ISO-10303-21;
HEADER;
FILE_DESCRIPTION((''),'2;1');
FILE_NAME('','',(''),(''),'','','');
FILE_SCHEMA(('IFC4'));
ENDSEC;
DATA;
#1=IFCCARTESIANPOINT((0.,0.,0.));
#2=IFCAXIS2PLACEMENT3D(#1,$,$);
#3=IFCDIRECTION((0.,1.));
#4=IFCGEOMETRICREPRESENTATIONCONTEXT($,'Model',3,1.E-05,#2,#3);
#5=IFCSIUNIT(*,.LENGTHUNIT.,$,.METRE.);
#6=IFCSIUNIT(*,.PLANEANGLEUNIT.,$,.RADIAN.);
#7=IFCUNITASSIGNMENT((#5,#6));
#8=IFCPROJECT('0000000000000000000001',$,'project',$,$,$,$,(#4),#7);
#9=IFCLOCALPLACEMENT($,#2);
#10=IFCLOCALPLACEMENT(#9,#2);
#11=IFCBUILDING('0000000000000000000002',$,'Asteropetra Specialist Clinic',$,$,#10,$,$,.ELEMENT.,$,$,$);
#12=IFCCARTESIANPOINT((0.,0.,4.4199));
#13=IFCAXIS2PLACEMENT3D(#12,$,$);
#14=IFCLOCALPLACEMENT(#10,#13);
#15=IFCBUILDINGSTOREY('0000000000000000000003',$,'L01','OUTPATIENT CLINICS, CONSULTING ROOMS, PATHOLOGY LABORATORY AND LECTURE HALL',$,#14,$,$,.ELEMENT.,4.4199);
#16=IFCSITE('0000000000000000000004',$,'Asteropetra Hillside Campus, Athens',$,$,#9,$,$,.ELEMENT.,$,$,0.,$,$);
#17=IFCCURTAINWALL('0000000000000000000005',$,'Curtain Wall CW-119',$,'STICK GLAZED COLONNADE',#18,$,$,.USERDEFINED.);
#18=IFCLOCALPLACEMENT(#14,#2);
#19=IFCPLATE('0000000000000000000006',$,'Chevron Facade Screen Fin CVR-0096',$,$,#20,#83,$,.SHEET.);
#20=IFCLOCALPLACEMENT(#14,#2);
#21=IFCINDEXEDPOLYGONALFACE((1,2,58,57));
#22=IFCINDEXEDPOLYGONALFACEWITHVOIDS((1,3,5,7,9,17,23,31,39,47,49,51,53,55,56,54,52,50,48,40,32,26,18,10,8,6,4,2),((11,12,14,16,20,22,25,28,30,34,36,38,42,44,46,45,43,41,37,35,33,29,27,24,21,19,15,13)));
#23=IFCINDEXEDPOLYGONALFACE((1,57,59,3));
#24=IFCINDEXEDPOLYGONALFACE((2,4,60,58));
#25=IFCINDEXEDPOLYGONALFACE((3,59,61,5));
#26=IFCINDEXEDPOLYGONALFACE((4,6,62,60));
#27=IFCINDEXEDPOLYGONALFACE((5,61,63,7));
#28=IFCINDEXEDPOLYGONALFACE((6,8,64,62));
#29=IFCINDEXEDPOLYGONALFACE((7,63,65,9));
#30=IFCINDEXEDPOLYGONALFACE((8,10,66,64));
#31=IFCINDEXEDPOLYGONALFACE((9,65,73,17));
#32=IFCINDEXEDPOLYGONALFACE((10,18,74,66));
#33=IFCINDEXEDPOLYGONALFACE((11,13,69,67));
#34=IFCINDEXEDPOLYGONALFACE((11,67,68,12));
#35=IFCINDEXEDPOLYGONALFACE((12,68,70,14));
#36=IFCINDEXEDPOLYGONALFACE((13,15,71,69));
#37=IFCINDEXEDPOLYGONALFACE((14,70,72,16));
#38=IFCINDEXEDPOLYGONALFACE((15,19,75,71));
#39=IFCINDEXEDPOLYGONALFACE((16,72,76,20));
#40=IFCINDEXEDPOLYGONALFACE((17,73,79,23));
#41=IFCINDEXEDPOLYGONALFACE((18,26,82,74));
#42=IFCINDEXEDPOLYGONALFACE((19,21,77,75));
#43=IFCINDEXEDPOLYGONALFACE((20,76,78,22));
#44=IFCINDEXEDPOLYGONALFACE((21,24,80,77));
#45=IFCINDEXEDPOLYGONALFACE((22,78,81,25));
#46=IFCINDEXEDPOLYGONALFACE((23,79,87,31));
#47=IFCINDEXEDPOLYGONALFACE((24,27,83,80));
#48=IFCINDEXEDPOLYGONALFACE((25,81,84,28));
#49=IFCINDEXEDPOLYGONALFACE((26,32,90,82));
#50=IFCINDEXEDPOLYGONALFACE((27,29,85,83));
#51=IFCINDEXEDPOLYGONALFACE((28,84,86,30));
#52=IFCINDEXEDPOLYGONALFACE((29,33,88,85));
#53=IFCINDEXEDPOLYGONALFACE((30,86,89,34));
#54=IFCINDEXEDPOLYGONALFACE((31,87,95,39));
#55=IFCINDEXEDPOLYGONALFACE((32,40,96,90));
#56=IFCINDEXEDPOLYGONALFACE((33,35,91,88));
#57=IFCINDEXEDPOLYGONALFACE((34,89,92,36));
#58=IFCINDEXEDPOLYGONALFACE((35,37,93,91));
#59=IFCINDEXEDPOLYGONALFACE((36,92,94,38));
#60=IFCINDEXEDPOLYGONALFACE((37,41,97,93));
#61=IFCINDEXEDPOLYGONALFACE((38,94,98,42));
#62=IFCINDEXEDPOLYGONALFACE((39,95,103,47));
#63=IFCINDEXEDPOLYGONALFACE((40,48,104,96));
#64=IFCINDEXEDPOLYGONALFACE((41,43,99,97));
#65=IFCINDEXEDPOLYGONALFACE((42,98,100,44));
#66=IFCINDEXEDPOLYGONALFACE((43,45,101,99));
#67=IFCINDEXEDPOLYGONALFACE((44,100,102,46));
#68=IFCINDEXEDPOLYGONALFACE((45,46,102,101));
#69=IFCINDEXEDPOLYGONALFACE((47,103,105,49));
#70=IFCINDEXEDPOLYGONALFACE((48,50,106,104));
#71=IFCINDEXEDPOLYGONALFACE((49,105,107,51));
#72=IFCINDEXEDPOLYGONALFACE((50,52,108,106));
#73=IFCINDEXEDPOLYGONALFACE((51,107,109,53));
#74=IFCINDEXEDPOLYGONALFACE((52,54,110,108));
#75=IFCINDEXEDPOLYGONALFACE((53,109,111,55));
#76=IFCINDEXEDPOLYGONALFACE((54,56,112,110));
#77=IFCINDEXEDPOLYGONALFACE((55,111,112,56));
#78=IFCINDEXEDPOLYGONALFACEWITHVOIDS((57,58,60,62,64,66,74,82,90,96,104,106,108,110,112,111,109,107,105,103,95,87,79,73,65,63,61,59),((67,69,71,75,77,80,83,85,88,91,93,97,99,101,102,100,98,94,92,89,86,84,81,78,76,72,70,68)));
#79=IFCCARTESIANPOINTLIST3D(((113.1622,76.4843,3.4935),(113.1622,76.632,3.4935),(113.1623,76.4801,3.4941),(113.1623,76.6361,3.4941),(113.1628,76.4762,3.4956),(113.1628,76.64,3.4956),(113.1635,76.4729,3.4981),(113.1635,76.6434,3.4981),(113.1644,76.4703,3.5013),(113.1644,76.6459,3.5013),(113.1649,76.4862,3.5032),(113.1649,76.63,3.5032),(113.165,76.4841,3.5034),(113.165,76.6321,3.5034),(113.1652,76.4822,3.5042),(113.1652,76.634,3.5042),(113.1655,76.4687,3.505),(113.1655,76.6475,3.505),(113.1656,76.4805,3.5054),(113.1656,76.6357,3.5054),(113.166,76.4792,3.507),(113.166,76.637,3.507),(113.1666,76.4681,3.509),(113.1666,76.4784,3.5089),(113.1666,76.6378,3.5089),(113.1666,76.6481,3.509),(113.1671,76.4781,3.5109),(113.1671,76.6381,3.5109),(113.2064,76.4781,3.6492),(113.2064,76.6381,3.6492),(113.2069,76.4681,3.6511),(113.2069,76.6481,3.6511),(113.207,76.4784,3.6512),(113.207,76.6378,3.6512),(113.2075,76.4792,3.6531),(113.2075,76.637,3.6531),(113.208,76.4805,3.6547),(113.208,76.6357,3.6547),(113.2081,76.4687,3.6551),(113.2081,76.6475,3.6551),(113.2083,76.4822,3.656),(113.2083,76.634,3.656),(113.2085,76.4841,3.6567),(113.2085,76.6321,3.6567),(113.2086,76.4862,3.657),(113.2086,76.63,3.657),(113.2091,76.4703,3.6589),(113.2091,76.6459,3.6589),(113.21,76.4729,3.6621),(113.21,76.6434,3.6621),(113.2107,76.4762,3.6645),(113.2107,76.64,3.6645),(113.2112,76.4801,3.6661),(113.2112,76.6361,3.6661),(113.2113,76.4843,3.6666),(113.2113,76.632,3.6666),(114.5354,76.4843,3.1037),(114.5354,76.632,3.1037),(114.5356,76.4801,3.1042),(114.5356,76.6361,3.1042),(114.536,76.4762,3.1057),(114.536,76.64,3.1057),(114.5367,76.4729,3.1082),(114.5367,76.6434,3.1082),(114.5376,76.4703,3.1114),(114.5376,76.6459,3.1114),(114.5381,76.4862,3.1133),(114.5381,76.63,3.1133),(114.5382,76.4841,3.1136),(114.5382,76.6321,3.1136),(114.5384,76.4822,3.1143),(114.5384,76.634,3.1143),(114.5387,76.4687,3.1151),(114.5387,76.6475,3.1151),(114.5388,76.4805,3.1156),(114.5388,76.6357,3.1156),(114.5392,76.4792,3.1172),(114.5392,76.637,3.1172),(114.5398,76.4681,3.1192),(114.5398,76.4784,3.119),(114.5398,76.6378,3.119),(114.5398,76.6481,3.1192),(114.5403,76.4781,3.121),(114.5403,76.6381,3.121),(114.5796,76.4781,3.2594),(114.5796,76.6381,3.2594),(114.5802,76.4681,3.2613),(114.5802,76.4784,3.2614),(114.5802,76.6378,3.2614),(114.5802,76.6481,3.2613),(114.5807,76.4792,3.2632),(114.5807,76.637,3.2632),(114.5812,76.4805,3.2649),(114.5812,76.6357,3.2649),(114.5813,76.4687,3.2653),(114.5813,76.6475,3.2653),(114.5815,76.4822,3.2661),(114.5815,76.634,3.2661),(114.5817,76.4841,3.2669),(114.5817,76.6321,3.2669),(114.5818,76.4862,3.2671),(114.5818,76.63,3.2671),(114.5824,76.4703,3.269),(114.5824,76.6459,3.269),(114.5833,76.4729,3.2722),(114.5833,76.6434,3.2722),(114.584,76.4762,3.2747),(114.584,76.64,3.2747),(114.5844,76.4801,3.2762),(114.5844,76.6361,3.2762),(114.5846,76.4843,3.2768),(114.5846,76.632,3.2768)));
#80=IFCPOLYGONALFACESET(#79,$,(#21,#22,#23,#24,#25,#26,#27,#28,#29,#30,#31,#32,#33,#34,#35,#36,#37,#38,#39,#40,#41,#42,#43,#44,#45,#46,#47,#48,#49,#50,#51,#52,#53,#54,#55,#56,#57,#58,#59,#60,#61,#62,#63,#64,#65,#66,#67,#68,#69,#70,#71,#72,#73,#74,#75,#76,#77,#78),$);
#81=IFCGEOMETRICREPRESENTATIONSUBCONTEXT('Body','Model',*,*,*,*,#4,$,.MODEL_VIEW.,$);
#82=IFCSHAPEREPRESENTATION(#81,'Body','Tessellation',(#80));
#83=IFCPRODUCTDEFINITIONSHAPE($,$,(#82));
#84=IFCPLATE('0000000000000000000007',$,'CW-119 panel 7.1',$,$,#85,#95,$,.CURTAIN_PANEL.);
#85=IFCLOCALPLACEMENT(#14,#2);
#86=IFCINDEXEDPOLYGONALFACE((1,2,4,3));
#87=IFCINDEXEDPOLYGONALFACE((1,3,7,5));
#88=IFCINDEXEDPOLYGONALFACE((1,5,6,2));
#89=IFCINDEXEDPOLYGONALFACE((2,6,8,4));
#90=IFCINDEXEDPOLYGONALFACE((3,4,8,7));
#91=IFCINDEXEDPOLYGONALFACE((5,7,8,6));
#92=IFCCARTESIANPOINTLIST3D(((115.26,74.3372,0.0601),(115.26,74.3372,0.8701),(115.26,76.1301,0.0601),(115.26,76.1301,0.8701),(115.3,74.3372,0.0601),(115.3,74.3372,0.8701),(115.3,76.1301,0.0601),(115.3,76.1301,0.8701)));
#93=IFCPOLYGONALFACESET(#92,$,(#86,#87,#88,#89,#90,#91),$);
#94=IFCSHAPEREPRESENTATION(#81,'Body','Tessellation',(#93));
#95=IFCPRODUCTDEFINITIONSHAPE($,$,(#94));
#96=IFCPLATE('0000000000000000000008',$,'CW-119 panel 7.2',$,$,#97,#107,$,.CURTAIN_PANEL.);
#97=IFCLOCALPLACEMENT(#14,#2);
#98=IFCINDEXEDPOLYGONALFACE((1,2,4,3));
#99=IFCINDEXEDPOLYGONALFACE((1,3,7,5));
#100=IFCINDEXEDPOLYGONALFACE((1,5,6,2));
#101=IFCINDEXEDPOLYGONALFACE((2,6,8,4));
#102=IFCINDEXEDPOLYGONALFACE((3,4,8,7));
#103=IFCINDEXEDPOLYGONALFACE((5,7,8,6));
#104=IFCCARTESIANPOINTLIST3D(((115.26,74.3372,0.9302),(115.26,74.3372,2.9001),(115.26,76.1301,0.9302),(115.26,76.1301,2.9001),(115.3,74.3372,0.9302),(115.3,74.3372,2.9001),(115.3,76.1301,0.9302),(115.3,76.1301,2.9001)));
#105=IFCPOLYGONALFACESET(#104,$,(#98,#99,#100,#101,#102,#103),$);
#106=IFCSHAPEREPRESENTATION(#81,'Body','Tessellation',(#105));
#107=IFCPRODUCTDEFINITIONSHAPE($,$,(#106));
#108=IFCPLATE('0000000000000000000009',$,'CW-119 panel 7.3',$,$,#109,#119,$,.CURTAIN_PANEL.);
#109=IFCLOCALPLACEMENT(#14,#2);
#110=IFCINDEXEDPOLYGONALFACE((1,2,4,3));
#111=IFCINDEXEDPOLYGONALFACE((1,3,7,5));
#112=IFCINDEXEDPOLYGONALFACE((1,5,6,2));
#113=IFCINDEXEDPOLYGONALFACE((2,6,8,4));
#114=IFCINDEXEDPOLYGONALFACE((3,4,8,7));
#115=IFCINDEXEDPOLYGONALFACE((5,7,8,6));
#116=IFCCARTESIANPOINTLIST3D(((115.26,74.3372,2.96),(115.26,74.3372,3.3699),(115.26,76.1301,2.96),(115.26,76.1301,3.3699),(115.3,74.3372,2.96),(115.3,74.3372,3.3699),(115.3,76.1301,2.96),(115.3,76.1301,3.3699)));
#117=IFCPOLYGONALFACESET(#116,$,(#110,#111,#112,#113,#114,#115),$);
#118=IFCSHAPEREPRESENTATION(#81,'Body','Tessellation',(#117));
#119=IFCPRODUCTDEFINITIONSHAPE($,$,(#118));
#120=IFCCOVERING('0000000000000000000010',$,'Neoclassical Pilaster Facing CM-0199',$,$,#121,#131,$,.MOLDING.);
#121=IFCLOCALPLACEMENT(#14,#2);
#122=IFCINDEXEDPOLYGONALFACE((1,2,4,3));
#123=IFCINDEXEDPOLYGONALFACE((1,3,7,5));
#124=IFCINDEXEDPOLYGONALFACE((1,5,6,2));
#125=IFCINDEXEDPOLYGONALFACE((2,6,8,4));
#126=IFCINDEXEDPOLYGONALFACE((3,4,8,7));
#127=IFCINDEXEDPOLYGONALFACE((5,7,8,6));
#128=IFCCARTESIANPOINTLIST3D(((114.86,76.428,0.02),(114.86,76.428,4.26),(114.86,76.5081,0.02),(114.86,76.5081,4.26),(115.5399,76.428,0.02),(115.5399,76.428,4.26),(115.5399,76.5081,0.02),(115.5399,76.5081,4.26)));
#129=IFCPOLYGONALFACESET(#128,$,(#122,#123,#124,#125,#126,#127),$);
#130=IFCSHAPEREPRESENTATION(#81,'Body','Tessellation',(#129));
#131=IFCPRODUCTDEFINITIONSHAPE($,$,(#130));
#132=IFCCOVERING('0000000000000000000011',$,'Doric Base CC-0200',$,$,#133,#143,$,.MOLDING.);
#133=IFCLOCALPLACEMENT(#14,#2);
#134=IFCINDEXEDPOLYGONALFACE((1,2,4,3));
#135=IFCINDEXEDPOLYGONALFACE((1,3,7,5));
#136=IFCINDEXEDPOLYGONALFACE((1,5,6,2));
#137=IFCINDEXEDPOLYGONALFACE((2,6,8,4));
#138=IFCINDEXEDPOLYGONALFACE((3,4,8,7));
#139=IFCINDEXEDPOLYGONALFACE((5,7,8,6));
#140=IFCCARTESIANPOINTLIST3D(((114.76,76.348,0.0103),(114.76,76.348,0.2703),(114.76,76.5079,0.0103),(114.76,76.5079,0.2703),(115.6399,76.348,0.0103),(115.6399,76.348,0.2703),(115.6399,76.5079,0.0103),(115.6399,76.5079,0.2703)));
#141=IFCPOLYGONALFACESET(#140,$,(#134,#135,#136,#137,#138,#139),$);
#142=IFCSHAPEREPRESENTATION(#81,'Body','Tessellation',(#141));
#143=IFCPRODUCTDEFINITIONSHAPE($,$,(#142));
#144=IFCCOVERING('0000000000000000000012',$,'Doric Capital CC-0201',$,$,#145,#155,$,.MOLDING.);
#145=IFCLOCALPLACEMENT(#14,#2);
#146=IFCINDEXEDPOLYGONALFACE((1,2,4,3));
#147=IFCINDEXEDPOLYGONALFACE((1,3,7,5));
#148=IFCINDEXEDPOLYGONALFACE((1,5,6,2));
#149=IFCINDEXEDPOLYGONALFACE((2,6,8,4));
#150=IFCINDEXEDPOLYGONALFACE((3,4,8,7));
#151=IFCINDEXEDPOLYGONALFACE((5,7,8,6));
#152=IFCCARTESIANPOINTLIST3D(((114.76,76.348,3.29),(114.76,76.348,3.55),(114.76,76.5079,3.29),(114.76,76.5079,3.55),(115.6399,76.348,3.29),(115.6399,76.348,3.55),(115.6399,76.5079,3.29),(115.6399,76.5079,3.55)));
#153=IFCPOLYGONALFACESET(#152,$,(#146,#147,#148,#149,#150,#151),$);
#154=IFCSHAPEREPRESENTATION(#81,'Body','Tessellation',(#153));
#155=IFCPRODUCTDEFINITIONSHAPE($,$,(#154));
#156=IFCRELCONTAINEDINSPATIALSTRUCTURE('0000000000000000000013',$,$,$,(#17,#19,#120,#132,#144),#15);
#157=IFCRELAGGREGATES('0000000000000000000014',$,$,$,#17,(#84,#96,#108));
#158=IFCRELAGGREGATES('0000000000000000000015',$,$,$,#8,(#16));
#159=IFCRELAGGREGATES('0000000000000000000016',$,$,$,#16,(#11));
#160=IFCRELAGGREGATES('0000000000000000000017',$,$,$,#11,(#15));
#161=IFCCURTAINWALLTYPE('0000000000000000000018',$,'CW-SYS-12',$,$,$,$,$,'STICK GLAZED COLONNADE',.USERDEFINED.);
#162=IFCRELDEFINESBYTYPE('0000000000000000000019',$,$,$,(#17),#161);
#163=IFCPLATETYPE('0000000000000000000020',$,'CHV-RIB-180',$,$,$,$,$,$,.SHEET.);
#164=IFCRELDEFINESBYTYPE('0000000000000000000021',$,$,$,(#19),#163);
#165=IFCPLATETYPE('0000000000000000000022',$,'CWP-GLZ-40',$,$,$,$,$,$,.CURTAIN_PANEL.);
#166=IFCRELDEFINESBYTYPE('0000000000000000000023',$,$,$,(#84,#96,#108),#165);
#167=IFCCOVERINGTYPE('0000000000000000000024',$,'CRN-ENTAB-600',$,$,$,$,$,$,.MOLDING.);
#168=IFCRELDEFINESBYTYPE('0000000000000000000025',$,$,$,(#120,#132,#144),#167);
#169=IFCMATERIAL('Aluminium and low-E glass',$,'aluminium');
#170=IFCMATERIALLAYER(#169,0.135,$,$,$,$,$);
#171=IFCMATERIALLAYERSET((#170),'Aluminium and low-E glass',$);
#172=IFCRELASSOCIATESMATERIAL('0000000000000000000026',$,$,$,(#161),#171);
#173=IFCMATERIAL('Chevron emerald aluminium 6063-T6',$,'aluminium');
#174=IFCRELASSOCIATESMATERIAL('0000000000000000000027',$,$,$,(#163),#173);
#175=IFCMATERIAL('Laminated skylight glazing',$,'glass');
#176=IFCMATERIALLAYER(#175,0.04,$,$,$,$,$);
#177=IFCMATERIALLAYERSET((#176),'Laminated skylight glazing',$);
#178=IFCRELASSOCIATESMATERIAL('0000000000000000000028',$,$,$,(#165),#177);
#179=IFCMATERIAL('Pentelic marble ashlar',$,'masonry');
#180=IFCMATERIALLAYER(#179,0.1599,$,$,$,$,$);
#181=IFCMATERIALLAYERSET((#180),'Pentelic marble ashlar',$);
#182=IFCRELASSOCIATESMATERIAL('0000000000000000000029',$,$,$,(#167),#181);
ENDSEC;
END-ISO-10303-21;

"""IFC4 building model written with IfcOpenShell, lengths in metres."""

from ifc_helpers import new_model, si_unit, direction, frame, origin, origin_2d, place, context, subcontext, project, spatial, rectangle, hollow_rectangle, extrude, material, layer, layer_set, material_profile, profile_set, type_object, element, aggregate, save


model = new_model("IFC4")

# Units and contexts
model_context = context("Model", 3, precision=1e-05, world=origin(), true_north=direction((0.0, 1.0)))
body_context = subcontext(model_context, "Body", "Model", "MODEL_VIEW")
ifc_project = project(units=[si_unit("LENGTHUNIT", "METRE"), si_unit("PLANEANGLEUNIT", "RADIAN")], contexts=[model_context])

# Site, building, storey
site_placement = place(None, origin())
site = spatial("IfcSite", under=ifc_project, at=site_placement, Name="Asteropetra Hillside Campus, Athens", CompositionType="ELEMENT", RefElevation=0.0)
building_placement = place(site_placement, origin())
building = spatial("IfcBuilding", under=site, at=building_placement, Name="Asteropetra Specialist Clinic", CompositionType="ELEMENT")
storey_placement = place(building_placement, frame((0.0, 0.0, 4.4199)))
storey = spatial("IfcBuildingStorey", under=building, at=storey_placement, Name="L01", Description="OUTPATIENT CLINICS, CONSULTING ROOMS, PATHOLOGY LABORATORY AND LECTURE HALL", CompositionType="ELEMENT", Elevation=4.4199)

# Curtain wall
ifc_material_1 = material(Name="Aluminium and low-E glass", Category="aluminium")
ifc_layer_1 = layer(ifc_material_1, 0.135)
ifc_layer_set_1 = layer_set([ifc_layer_1], Name="Aluminium and low-E glass")
curtain_wall_type = type_object("IfcCurtainWallType", Name="CW-SYS-12", ElementType="STICK GLAZED COLONNADE", PredefinedType="USERDEFINED", material=ifc_layer_set_1)
curtain_wall_placement = place(storey_placement, origin())
curtain_wall = element("IfcCurtainWall", 1, at=curtain_wall_placement, inside=storey, type_object=curtain_wall_type, Name="Curtain Wall CW-119", ObjectType="STICK GLAZED COLONNADE", PredefinedType="USERDEFINED")

# Plate
ifc_material_2 = material(Name="Chevron emerald aluminium 6063-T6", Category="aluminium")
ifc_material_profile_1 = material_profile(ifc_material_2, hollow_rectangle(XDim=0.1799, YDim=0.1799, WallThickness=0.01, InnerFilletRadius=0.0081, OuterFilletRadius=0.0161, at=origin_2d()), Name="SHS 180x180x10.0")
ifc_profile_set_1 = profile_set([ifc_material_profile_1], Name="Chevron emerald aluminium 6063-T6")
plate_type_1 = type_object("IfcPlateType", Name="CHV-RIB-180", PredefinedType="SHEET", material=ifc_profile_set_1)
plate_1_placement = place(storey_placement, frame((113.1868, 76.5581, 3.5801), z_axis=(0.961981, 0.0, -0.273117), x_axis=(0.0, 1.0, 0.0)))
element("IfcPlate", 2, at=plate_1_placement, inside=storey, type_object=plate_type_1, Name="Chevron Facade Screen Fin CVR-0096", PredefinedType="SHEET", context=body_context, shape_type="SweptSolid", body=[
    extrude(hollow_rectangle(XDim=0.1799, YDim=0.1799, WallThickness=0.01, InnerFilletRadius=0.0081, OuterFilletRadius=0.0161, at=origin_2d()), origin(), (0.0, 0.0, 1.0), 1.4275),
])

# Plates
ifc_material_3 = material(Name="Laminated skylight glazing", Category="glass")
ifc_layer_2 = layer(ifc_material_3, 0.04)
ifc_layer_set_2 = layer_set([ifc_layer_2], Name="Laminated skylight glazing")
plate_type_2 = type_object("IfcPlateType", Name="CWP-GLZ-40", PredefinedType="CURTAIN_PANEL", material=ifc_layer_set_2)
plate_2_placement = place(storey_placement, frame((115.28, 75.2336, 0.0601), z_axis=(0.0, 0.0, 1.0), x_axis=(0.0, 1.0, 0.0)))
plate_2 = element("IfcPlate", 3, at=plate_2_placement, type_object=plate_type_2, Name="CW-119 panel 7.1", PredefinedType="CURTAIN_PANEL", context=body_context, shape_type="SweptSolid", body=[
    extrude(rectangle(XDim=1.793, YDim=0.04, at=origin_2d()), origin(), (0.0, 0.0, 1.0), 0.8101),
])
plate_3_placement = place(storey_placement, frame((115.28, 75.2336, 0.9302), z_axis=(0.0, 0.0, 1.0), x_axis=(0.0, 1.0, 0.0)))
plate_3 = element("IfcPlate", 4, at=plate_3_placement, type_object=plate_type_2, Name="CW-119 panel 7.2", PredefinedType="CURTAIN_PANEL", context=body_context, shape_type="SweptSolid", body=[
    extrude(rectangle(XDim=1.793, YDim=0.04, at=origin_2d()), origin(), (0.0, 0.0, 1.0), 1.97),
])
plate_4_placement = place(storey_placement, frame((115.28, 75.2336, 2.96), z_axis=(0.0, 0.0, 1.0), x_axis=(0.0, 1.0, 0.0)))
plate_4 = element("IfcPlate", 5, at=plate_4_placement, type_object=plate_type_2, Name="CW-119 panel 7.3", PredefinedType="CURTAIN_PANEL", context=body_context, shape_type="SweptSolid", body=[
    extrude(rectangle(XDim=1.793, YDim=0.04, at=origin_2d()), origin(), (0.0, 0.0, 1.0), 0.4099),
])
aggregate(curtain_wall, [plate_2, plate_3, plate_4])

# Coverings
ifc_material_4 = material(Name="Pentelic marble ashlar", Category="masonry")
ifc_layer_3 = layer(ifc_material_4, 0.1599)
ifc_layer_set_3 = layer_set([ifc_layer_3], Name="Pentelic marble ashlar")
covering_type = type_object("IfcCoveringType", Name="CRN-ENTAB-600", PredefinedType="MOLDING", material=ifc_layer_set_3)
covering_placement = place(storey_placement, frame((115.2, 76.468, 0.02), z_axis=(0.0, 0.0, 1.0), x_axis=(1.0, 0.0, 0.0)))
element("IfcCovering", 6, at=covering_placement, inside=storey, type_object=covering_type, Name="Neoclassical Pilaster Facing CM-0199", PredefinedType="MOLDING", context=body_context, shape_type="SweptSolid", body=[
    extrude(rectangle(XDim=0.6799, YDim=0.0801, at=origin_2d()), origin(), (0.0, 0.0, 1.0), 4.24),
])
for number, where, z_axis, x_axis, name in (
    (7, (115.2, 76.428, 0.0103), (0.0, 0.0, 1.0), (1.0, 0.0, 0.0), "Doric Base CC-0200"),
    (8, (115.2, 76.428, 3.29), (0.0, 0.0, 1.0), (1.0, 0.0, 0.0), "Doric Capital CC-0201"),
):
    element("IfcCovering", number, at=place(storey_placement, frame(where, z_axis=z_axis, x_axis=x_axis)), inside=storey, type_object=covering_type, Name=name, PredefinedType="MOLDING", context=body_context, shape_type="SweptSolid", body=[
        extrude(rectangle(XDim=0.8799, YDim=0.1599, at=origin_2d()), origin(), (0.0, 0.0, 1.0), 0.26),
    ])

save(model, "model.ifc")
